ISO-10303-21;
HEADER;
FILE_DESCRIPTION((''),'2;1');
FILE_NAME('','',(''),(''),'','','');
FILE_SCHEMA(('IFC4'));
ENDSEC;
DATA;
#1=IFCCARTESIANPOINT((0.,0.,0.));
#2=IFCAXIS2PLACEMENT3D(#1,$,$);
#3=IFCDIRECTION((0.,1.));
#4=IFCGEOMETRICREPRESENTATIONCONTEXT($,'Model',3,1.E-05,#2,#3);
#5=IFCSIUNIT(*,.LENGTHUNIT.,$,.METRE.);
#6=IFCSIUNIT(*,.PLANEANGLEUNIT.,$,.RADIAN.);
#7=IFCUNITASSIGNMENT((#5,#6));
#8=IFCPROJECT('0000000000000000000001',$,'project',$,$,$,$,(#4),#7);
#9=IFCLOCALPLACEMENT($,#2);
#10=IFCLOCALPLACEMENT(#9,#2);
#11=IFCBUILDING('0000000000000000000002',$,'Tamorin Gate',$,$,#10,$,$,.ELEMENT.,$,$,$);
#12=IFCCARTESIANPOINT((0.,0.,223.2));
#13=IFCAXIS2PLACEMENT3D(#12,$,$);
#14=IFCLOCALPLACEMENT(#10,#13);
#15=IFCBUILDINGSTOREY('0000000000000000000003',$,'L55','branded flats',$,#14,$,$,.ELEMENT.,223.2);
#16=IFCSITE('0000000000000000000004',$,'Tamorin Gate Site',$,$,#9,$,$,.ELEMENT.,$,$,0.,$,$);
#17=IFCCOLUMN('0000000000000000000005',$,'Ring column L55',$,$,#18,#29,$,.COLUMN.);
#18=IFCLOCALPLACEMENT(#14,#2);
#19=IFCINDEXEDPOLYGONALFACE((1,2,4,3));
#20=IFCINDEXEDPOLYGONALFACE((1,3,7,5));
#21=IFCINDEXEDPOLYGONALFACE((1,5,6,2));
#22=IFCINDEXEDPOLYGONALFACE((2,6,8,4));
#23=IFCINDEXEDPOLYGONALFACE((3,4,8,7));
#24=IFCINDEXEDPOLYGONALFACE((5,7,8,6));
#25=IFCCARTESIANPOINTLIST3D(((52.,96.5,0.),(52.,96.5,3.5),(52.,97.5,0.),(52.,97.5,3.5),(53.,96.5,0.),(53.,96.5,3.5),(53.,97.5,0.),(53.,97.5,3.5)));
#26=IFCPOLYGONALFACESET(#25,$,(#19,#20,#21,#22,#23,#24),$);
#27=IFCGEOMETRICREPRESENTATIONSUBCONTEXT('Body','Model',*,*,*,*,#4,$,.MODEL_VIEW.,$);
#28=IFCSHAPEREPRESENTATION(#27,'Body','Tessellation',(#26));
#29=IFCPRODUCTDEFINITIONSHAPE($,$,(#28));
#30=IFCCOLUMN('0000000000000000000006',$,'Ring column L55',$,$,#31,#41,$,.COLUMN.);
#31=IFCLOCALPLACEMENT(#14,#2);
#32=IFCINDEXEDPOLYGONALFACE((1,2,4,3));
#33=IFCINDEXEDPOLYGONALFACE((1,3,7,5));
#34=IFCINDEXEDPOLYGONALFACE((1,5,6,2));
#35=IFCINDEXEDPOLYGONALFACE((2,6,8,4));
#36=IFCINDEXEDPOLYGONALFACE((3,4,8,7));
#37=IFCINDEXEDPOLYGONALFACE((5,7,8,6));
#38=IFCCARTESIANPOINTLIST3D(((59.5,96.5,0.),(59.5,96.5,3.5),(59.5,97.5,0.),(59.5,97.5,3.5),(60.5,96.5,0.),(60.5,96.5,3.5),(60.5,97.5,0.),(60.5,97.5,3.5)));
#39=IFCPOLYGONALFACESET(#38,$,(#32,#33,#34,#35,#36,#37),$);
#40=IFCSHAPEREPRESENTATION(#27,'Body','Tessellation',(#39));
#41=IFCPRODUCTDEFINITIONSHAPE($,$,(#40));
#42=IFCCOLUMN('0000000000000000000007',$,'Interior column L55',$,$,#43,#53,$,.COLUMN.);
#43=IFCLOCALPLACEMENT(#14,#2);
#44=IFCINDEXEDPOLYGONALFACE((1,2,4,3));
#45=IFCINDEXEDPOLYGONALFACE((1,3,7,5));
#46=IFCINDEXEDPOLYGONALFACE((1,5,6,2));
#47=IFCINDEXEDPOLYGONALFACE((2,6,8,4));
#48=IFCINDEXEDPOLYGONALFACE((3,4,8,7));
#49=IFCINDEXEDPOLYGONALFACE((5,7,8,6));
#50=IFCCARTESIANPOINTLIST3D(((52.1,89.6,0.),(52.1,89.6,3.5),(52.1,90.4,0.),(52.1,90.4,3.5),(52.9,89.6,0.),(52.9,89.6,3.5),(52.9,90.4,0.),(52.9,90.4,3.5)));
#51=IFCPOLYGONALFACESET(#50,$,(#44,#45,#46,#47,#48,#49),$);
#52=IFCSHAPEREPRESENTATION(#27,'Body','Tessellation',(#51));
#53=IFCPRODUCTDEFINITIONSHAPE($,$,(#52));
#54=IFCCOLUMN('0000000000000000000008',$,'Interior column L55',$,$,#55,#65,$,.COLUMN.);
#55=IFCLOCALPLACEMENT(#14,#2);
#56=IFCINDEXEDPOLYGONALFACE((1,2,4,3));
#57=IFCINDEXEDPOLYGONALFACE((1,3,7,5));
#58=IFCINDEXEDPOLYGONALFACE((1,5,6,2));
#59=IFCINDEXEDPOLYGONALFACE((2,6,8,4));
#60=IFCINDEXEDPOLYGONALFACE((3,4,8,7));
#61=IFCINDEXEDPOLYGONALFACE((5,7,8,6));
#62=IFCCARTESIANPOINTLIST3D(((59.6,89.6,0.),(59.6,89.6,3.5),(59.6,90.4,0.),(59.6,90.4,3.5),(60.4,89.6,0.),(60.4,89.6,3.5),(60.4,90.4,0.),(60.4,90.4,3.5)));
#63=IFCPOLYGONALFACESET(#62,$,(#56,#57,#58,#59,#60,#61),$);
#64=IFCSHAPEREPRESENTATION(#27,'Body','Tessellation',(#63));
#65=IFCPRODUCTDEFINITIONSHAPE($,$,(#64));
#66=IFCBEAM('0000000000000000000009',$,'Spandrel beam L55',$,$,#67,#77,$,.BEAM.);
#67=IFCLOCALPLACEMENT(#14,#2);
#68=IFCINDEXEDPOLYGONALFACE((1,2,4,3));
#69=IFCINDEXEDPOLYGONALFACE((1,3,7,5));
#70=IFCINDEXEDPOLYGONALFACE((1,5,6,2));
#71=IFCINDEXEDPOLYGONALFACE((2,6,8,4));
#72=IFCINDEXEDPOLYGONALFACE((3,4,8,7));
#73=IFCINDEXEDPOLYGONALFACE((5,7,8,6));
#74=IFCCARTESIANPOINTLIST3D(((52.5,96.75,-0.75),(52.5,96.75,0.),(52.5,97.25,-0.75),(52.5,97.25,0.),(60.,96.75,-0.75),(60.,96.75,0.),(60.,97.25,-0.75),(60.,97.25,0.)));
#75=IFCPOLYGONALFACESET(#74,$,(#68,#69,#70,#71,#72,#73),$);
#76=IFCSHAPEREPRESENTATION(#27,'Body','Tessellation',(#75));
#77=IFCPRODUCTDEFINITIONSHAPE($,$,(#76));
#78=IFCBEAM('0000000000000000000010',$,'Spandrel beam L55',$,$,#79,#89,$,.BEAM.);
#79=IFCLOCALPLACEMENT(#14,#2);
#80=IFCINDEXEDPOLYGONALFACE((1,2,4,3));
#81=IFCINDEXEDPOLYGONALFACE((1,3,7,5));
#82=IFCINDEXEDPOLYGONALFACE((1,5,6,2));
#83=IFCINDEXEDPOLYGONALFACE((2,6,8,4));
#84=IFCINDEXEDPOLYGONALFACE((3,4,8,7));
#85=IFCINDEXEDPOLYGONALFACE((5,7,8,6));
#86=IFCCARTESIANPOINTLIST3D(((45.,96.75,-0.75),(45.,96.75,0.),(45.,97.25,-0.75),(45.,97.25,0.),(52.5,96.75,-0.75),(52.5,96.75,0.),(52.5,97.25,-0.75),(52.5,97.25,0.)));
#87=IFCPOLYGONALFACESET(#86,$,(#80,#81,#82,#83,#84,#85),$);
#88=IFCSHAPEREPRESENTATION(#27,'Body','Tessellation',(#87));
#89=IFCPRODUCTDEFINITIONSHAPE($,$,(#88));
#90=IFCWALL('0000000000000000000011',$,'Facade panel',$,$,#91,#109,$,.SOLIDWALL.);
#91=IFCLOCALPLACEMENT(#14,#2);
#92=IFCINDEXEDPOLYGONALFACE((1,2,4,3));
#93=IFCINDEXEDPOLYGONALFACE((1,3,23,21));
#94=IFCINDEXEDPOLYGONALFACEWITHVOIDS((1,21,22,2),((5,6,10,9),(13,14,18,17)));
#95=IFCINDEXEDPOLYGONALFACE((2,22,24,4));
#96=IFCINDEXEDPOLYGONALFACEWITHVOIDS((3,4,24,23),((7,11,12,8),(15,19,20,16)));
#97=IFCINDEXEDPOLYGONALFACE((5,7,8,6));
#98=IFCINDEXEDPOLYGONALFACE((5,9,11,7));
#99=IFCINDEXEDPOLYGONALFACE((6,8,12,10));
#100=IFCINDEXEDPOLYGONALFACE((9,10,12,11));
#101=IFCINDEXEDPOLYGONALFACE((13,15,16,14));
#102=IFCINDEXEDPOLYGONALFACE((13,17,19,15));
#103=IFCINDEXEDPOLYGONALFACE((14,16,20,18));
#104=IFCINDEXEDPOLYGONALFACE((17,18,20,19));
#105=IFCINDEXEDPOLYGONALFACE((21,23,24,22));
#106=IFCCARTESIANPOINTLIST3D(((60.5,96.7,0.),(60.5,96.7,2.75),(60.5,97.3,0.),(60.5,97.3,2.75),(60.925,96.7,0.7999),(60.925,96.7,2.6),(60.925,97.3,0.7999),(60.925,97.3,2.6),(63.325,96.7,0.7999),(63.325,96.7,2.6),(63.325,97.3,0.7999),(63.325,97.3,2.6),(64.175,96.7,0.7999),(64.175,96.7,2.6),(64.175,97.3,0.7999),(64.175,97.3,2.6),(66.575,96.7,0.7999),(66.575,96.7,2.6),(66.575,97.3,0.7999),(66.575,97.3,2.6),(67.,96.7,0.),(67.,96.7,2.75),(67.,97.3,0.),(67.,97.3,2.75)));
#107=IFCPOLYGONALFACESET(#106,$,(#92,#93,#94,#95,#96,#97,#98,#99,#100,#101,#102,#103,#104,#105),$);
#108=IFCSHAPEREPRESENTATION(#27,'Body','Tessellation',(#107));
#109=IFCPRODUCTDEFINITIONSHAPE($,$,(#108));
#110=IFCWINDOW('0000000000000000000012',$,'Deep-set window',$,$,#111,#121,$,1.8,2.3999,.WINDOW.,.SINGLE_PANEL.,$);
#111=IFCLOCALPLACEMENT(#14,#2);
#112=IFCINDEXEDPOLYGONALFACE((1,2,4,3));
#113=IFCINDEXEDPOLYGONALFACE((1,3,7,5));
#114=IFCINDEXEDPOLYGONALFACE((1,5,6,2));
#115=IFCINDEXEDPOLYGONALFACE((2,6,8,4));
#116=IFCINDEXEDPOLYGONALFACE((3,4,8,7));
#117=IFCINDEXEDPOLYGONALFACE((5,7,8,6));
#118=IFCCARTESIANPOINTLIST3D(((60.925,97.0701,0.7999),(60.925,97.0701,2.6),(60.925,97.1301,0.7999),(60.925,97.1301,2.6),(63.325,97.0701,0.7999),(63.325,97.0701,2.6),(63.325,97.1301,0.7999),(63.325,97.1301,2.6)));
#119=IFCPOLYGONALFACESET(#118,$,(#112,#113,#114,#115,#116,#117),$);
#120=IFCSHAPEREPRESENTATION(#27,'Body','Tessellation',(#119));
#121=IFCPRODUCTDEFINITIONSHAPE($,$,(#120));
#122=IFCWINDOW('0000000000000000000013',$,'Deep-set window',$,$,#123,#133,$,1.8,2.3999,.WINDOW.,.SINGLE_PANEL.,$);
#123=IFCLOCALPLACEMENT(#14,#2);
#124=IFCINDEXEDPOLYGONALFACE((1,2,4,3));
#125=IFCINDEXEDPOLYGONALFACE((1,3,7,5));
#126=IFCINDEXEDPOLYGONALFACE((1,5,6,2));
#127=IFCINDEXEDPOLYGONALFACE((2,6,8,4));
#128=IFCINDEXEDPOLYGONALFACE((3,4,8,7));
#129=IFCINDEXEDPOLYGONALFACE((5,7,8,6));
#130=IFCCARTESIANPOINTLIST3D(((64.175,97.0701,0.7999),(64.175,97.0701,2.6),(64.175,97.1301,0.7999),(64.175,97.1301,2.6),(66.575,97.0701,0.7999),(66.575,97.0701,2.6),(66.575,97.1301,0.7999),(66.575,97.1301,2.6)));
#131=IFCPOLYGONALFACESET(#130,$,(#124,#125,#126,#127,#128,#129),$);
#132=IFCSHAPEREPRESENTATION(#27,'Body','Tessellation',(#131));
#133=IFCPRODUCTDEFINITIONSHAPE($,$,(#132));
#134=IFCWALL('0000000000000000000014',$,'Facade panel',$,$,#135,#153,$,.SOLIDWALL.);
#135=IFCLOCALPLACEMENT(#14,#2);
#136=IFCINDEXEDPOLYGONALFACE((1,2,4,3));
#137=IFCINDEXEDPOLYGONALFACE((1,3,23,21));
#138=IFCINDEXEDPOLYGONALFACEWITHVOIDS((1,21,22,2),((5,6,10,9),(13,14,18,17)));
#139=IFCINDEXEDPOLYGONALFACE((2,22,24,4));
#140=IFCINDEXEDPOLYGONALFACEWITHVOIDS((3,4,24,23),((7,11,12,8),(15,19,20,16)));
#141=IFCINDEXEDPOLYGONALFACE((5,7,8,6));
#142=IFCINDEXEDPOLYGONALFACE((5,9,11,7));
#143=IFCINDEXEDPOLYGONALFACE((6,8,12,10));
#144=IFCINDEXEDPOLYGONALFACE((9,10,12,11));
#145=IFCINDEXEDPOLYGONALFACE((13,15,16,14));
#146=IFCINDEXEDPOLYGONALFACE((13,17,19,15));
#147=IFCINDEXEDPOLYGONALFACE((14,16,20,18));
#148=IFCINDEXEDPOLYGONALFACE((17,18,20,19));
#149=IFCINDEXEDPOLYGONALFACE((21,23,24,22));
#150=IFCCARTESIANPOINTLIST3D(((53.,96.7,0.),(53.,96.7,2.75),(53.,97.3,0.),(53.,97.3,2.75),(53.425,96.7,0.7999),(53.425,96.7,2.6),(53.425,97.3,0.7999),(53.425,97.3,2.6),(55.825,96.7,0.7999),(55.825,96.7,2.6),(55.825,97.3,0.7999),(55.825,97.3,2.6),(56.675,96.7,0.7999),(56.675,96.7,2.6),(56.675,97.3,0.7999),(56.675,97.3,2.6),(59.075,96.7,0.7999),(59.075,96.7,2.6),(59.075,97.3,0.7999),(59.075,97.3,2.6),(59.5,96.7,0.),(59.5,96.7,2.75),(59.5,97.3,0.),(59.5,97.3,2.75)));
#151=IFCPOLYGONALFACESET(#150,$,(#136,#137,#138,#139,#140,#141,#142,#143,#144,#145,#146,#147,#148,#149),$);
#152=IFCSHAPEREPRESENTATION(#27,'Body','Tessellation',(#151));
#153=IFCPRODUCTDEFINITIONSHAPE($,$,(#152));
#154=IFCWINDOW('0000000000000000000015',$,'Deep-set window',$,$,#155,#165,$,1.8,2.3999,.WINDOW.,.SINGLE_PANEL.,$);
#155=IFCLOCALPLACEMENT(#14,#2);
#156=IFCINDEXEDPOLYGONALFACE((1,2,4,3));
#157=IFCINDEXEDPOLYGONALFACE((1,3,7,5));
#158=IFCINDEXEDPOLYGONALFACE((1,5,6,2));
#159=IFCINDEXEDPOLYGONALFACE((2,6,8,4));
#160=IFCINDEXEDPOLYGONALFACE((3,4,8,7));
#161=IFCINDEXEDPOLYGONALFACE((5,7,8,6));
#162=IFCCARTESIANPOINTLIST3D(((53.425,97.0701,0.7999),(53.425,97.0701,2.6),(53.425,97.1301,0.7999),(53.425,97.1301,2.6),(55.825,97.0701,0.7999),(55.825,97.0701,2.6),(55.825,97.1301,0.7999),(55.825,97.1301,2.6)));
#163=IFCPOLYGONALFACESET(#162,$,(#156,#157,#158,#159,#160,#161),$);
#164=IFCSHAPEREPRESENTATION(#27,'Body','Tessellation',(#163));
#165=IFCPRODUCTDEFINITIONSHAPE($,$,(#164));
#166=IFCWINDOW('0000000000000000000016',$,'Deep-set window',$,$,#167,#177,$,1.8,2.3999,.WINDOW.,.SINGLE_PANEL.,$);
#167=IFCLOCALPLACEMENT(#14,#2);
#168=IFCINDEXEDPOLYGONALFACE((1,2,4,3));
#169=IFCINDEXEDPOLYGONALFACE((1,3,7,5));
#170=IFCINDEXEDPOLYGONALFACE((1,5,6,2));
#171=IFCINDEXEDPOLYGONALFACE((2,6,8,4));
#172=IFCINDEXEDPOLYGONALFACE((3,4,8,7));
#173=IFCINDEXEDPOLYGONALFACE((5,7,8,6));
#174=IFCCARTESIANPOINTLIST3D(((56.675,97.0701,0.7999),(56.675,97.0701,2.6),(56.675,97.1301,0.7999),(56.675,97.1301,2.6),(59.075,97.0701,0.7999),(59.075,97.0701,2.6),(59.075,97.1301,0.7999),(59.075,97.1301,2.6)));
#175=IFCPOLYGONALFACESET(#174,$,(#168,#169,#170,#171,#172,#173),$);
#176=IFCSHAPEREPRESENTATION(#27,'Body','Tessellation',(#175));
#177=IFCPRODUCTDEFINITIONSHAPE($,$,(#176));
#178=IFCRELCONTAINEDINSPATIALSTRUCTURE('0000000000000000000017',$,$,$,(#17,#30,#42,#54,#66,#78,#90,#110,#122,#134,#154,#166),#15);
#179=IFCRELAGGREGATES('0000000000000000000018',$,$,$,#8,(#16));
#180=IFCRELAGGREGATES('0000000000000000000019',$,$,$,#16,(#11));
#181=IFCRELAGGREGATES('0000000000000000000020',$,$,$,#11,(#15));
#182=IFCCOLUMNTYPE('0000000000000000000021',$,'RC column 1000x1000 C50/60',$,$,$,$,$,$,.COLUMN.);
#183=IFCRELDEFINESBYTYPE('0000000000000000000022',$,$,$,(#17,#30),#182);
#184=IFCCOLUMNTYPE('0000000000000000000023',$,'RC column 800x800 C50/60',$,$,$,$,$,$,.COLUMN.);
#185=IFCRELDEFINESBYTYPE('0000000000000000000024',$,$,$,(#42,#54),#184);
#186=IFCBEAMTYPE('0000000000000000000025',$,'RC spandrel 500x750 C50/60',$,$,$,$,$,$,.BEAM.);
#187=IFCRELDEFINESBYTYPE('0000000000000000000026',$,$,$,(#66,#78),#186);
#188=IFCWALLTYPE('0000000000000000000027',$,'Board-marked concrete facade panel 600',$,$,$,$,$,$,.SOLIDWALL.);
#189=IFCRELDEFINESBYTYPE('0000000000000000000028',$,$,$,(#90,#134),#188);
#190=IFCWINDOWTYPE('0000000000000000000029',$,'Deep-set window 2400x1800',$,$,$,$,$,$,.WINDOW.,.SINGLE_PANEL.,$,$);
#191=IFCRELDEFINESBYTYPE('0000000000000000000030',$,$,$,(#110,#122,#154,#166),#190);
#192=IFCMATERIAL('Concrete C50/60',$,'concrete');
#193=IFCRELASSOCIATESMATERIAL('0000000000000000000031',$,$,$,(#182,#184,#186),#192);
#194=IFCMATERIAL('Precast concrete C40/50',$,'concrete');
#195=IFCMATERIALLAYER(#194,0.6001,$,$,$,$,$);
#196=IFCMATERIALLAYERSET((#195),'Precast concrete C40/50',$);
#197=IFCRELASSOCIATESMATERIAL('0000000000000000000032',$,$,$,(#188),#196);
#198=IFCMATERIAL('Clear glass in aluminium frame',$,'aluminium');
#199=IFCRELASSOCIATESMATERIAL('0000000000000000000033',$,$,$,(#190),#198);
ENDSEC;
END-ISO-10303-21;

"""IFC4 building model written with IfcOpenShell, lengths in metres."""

from ifc_helpers import new_model, si_unit, direction, frame, frame_2d, origin, origin_2d, place, context, subcontext, project, spatial, rectangle, extrude, material, layer, layer_set, material_profile, profile_set, type_object, element, fill, save


model = new_model("IFC4")

# Units and contexts
model_context = context("Model", 3, precision=1e-05, world=origin(), true_north=direction((0.0, 1.0)))
body_context = subcontext(model_context, "Body", "Model", "MODEL_VIEW")
ifc_project = project(units=[si_unit("LENGTHUNIT", "METRE"), si_unit("PLANEANGLEUNIT", "RADIAN")], contexts=[model_context])

# Site, building, storey
site_placement = place(None, origin())
site = spatial("IfcSite", under=ifc_project, at=site_placement, Name="Tamorin Gate Site", CompositionType="ELEMENT", RefElevation=0.0)
building_placement = place(site_placement, origin())
building = spatial("IfcBuilding", under=site, at=building_placement, Name="Tamorin Gate", CompositionType="ELEMENT")
storey_placement = place(building_placement, frame((0.0, 0.0, 223.2)))
storey = spatial("IfcBuildingStorey", under=building, at=storey_placement, Name="L55", Description="branded flats", CompositionType="ELEMENT", Elevation=223.2)

# Columns
ifc_material_1 = material(Name="Concrete C50/60", Category="concrete")
ifc_material_profile_1 = material_profile(ifc_material_1, rectangle(XDim=1.0, YDim=1.0, at=origin_2d()), Name="RC 1000x1000")
ifc_profile_set_1 = profile_set([ifc_material_profile_1], Name="Concrete C50/60")
column_type_1 = type_object("IfcColumnType", Name="RC column 1000x1000 C50/60", PredefinedType="COLUMN", material=ifc_profile_set_1)
for number, where, z_axis, x_axis, name in (
    (1, (52.5, 97.0, 0.0), (0.0, 0.0, 1.0), (1.0, 0.0, 0.0), "Ring column L55"),
    (2, (60.0, 97.0, 0.0), (0.0, 0.0, 1.0), (1.0, 0.0, 0.0), "Ring column L55"),
):
    element("IfcColumn", number, at=place(storey_placement, frame(where, z_axis=z_axis, x_axis=x_axis)), inside=storey, type_object=column_type_1, Name=name, PredefinedType="COLUMN", context=body_context, shape_type="SweptSolid", body=[
        extrude(rectangle(XDim=1.0, YDim=1.0, at=origin_2d()), origin(), (0.0, 0.0, 1.0), 3.5),
    ])
ifc_material_profile_2 = material_profile(ifc_material_1, rectangle(XDim=0.8, YDim=0.8, at=origin_2d()), Name="RC 800x800")
ifc_profile_set_2 = profile_set([ifc_material_profile_2], Name="Concrete C50/60")
column_type_2 = type_object("IfcColumnType", Name="RC column 800x800 C50/60", PredefinedType="COLUMN", material=ifc_profile_set_2)
for number, where, z_axis, x_axis, name in (
    (3, (52.5, 90.0, 0.0), (0.0, 0.0, 1.0), (1.0, 0.0, 0.0), "Interior column L55"),
    (4, (60.0, 90.0, 0.0), (0.0, 0.0, 1.0), (1.0, 0.0, 0.0), "Interior column L55"),
):
    element("IfcColumn", number, at=place(storey_placement, frame(where, z_axis=z_axis, x_axis=x_axis)), inside=storey, type_object=column_type_2, Name=name, PredefinedType="COLUMN", context=body_context, shape_type="SweptSolid", body=[
        extrude(rectangle(XDim=0.8, YDim=0.8, at=origin_2d()), origin(), (0.0, 0.0, 1.0), 3.5),
    ])

# Beams
ifc_material_profile_3 = material_profile(ifc_material_1, rectangle(XDim=0.5, YDim=0.75, at=origin_2d()), Name="RC 500x750")
ifc_profile_set_3 = profile_set([ifc_material_profile_3], Name="Concrete C50/60")
beam_type = type_object("IfcBeamType", Name="RC spandrel 500x750 C50/60", PredefinedType="BEAM", material=ifc_profile_set_3)
for number, where, z_axis, x_axis, name in (
    (5, (60.0, 97.0, -0.375), (-1.0, 0.0, 0.0), (0.0, -1.0, 0.0), "Spandrel beam L55"),
    (6, (52.5, 97.0, -0.375), (-1.0, 0.0, 0.0), (0.0, -1.0, 0.0), "Spandrel beam L55"),
):
    element("IfcBeam", number, at=place(storey_placement, frame(where, z_axis=z_axis, x_axis=x_axis)), inside=storey, type_object=beam_type, Name=name, PredefinedType="BEAM", context=body_context, shape_type="SweptSolid", body=[
        extrude(rectangle(XDim=0.5, YDim=0.75, at=origin_2d()), origin(), (0.0, 0.0, 1.0), 7.5),
    ])

# Walls, openings, windows
ifc_material_2 = material(Name="Precast concrete C40/50", Category="concrete")
ifc_layer_1 = layer(ifc_material_2, 0.6001)
ifc_layer_set_1 = layer_set([ifc_layer_1], Name="Precast concrete C40/50")
wall_type_1 = type_object("IfcWallType", Name="Board-marked concrete facade panel 600", PredefinedType="SOLIDWALL", material=ifc_layer_set_1)
wall_1_placement = place(storey_placement, frame((67.0, 97.0, 0.0), z_axis=(0.0, 0.0, 1.0), x_axis=(-1.0, 0.0, 0.0)))
wall_1 = element("IfcWall", 7, at=wall_1_placement, inside=storey, type_object=wall_type_1, Name="Facade panel", PredefinedType="SOLIDWALL", context=body_context, shape_type="SweptSolid", body=[
    extrude(rectangle(XDim=6.5, YDim=0.6001, at=frame_2d((3.25, 0.0))), origin(), (0.0, 0.0, 1.0), 2.75),
])
opening_1_placement = place(wall_1_placement, frame((3.675, 0.0, 0.8)))
opening_1 = element("IfcOpeningElement", 8, at=opening_1_placement, cuts=wall_1, PredefinedType="OPENING", context=body_context, shape_type="SweptSolid", body=[
    extrude(rectangle(XDim=2.3999, YDim=1.8, at=frame_2d((1.2, 0.8999))), frame((0.0, 0.3101, 0.0), z_axis=(0.0, -1.0, 0.0), x_axis=(1.0, 0.0, 0.0)), (0.0, 0.0, 1.0), 0.6201),
])
opening_2_placement = place(wall_1_placement, frame((0.425, 0.0, 0.8)))
opening_2 = element("IfcOpeningElement", 9, at=opening_2_placement, cuts=wall_1, PredefinedType="OPENING", context=body_context, shape_type="SweptSolid", body=[
    extrude(rectangle(XDim=2.3999, YDim=1.8, at=frame_2d((1.2, 0.8999))), frame((0.0, 0.3101, 0.0), z_axis=(0.0, -1.0, 0.0), x_axis=(1.0, 0.0, 0.0)), (0.0, 0.0, 1.0), 0.6201),
])
ifc_material_3 = material(Name="Clear glass in aluminium frame", Category="aluminium")
window_type = type_object("IfcWindowType", Name="Deep-set window 2400x1800", PartitioningType="SINGLE_PANEL", PredefinedType="WINDOW", material=ifc_material_3)
window_1_placement = place(opening_1_placement, origin())
window_1 = element("IfcWindow", 10, at=window_1_placement, inside=storey, type_object=window_type, Name="Deep-set window", OverallHeight=1.8, OverallWidth=2.3999, PartitioningType="SINGLE_PANEL", PredefinedType="WINDOW", context=body_context, shape_type="SweptSolid", body=[
    extrude(rectangle(XDim=2.3999, YDim=1.8, at=frame_2d((1.2, 0.8999))), frame((0.0, -0.0701, 0.0), z_axis=(0.0, -1.0, 0.0), x_axis=(1.0, 0.0, 0.0)), (0.0, 0.0, 1.0), 0.0601),
])
fill(opening_1, window_1)
window_2_placement = place(opening_2_placement, origin())
window_2 = element("IfcWindow", 11, at=window_2_placement, inside=storey, type_object=window_type, Name="Deep-set window", OverallHeight=1.8, OverallWidth=2.3999, PartitioningType="SINGLE_PANEL", PredefinedType="WINDOW", context=body_context, shape_type="SweptSolid", body=[
    extrude(rectangle(XDim=2.3999, YDim=1.8, at=frame_2d((1.2, 0.8999))), frame((0.0, -0.0701, 0.0), z_axis=(0.0, -1.0, 0.0), x_axis=(1.0, 0.0, 0.0)), (0.0, 0.0, 1.0), 0.0601),
])
fill(opening_2, window_2)
wall_2_placement = place(storey_placement, frame((59.5, 97.0, 0.0), z_axis=(0.0, 0.0, 1.0), x_axis=(-1.0, 0.0, 0.0)))
wall_2 = element("IfcWall", 12, at=wall_2_placement, inside=storey, type_object=wall_type_1, Name="Facade panel", PredefinedType="SOLIDWALL", context=body_context, shape_type="SweptSolid", body=[
    extrude(rectangle(XDim=6.5, YDim=0.6001, at=frame_2d((3.25, 0.0))), origin(), (0.0, 0.0, 1.0), 2.75),
])
opening_3_placement = place(wall_2_placement, frame((3.675, 0.0, 0.8)))
opening_3 = element("IfcOpeningElement", 13, at=opening_3_placement, cuts=wall_2, PredefinedType="OPENING", context=body_context, shape_type="SweptSolid", body=[
    extrude(rectangle(XDim=2.3999, YDim=1.8, at=frame_2d((1.2, 0.8999))), frame((0.0, 0.3101, 0.0), z_axis=(0.0, -1.0, 0.0), x_axis=(1.0, 0.0, 0.0)), (0.0, 0.0, 1.0), 0.6201),
])
opening_4_placement = place(wall_2_placement, frame((0.425, 0.0, 0.8)))
opening_4 = element("IfcOpeningElement", 14, at=opening_4_placement, cuts=wall_2, PredefinedType="OPENING", context=body_context, shape_type="SweptSolid", body=[
    extrude(rectangle(XDim=2.3999, YDim=1.8, at=frame_2d((1.2, 0.8999))), frame((0.0, 0.3101, 0.0), z_axis=(0.0, -1.0, 0.0), x_axis=(1.0, 0.0, 0.0)), (0.0, 0.0, 1.0), 0.6201),
])
window_3_placement = place(opening_3_placement, origin())
window_3 = element("IfcWindow", 15, at=window_3_placement, inside=storey, type_object=window_type, Name="Deep-set window", OverallHeight=1.8, OverallWidth=2.3999, PartitioningType="SINGLE_PANEL", PredefinedType="WINDOW", context=body_context, shape_type="SweptSolid", body=[
    extrude(rectangle(XDim=2.3999, YDim=1.8, at=frame_2d((1.2, 0.8999))), frame((0.0, -0.0701, 0.0), z_axis=(0.0, -1.0, 0.0), x_axis=(1.0, 0.0, 0.0)), (0.0, 0.0, 1.0), 0.0601),
])
fill(opening_3, window_3)
window_4_placement = place(opening_4_placement, origin())
window_4 = element("IfcWindow", 16, at=window_4_placement, inside=storey, type_object=window_type, Name="Deep-set window", OverallHeight=1.8, OverallWidth=2.3999, PartitioningType="SINGLE_PANEL", PredefinedType="WINDOW", context=body_context, shape_type="SweptSolid", body=[
    extrude(rectangle(XDim=2.3999, YDim=1.8, at=frame_2d((1.2, 0.8999))), frame((0.0, -0.0701, 0.0), z_axis=(0.0, -1.0, 0.0), x_axis=(1.0, 0.0, 0.0)), (0.0, 0.0, 1.0), 0.0601),
])
fill(opening_4, window_4)

save(model, "model.ifc")
